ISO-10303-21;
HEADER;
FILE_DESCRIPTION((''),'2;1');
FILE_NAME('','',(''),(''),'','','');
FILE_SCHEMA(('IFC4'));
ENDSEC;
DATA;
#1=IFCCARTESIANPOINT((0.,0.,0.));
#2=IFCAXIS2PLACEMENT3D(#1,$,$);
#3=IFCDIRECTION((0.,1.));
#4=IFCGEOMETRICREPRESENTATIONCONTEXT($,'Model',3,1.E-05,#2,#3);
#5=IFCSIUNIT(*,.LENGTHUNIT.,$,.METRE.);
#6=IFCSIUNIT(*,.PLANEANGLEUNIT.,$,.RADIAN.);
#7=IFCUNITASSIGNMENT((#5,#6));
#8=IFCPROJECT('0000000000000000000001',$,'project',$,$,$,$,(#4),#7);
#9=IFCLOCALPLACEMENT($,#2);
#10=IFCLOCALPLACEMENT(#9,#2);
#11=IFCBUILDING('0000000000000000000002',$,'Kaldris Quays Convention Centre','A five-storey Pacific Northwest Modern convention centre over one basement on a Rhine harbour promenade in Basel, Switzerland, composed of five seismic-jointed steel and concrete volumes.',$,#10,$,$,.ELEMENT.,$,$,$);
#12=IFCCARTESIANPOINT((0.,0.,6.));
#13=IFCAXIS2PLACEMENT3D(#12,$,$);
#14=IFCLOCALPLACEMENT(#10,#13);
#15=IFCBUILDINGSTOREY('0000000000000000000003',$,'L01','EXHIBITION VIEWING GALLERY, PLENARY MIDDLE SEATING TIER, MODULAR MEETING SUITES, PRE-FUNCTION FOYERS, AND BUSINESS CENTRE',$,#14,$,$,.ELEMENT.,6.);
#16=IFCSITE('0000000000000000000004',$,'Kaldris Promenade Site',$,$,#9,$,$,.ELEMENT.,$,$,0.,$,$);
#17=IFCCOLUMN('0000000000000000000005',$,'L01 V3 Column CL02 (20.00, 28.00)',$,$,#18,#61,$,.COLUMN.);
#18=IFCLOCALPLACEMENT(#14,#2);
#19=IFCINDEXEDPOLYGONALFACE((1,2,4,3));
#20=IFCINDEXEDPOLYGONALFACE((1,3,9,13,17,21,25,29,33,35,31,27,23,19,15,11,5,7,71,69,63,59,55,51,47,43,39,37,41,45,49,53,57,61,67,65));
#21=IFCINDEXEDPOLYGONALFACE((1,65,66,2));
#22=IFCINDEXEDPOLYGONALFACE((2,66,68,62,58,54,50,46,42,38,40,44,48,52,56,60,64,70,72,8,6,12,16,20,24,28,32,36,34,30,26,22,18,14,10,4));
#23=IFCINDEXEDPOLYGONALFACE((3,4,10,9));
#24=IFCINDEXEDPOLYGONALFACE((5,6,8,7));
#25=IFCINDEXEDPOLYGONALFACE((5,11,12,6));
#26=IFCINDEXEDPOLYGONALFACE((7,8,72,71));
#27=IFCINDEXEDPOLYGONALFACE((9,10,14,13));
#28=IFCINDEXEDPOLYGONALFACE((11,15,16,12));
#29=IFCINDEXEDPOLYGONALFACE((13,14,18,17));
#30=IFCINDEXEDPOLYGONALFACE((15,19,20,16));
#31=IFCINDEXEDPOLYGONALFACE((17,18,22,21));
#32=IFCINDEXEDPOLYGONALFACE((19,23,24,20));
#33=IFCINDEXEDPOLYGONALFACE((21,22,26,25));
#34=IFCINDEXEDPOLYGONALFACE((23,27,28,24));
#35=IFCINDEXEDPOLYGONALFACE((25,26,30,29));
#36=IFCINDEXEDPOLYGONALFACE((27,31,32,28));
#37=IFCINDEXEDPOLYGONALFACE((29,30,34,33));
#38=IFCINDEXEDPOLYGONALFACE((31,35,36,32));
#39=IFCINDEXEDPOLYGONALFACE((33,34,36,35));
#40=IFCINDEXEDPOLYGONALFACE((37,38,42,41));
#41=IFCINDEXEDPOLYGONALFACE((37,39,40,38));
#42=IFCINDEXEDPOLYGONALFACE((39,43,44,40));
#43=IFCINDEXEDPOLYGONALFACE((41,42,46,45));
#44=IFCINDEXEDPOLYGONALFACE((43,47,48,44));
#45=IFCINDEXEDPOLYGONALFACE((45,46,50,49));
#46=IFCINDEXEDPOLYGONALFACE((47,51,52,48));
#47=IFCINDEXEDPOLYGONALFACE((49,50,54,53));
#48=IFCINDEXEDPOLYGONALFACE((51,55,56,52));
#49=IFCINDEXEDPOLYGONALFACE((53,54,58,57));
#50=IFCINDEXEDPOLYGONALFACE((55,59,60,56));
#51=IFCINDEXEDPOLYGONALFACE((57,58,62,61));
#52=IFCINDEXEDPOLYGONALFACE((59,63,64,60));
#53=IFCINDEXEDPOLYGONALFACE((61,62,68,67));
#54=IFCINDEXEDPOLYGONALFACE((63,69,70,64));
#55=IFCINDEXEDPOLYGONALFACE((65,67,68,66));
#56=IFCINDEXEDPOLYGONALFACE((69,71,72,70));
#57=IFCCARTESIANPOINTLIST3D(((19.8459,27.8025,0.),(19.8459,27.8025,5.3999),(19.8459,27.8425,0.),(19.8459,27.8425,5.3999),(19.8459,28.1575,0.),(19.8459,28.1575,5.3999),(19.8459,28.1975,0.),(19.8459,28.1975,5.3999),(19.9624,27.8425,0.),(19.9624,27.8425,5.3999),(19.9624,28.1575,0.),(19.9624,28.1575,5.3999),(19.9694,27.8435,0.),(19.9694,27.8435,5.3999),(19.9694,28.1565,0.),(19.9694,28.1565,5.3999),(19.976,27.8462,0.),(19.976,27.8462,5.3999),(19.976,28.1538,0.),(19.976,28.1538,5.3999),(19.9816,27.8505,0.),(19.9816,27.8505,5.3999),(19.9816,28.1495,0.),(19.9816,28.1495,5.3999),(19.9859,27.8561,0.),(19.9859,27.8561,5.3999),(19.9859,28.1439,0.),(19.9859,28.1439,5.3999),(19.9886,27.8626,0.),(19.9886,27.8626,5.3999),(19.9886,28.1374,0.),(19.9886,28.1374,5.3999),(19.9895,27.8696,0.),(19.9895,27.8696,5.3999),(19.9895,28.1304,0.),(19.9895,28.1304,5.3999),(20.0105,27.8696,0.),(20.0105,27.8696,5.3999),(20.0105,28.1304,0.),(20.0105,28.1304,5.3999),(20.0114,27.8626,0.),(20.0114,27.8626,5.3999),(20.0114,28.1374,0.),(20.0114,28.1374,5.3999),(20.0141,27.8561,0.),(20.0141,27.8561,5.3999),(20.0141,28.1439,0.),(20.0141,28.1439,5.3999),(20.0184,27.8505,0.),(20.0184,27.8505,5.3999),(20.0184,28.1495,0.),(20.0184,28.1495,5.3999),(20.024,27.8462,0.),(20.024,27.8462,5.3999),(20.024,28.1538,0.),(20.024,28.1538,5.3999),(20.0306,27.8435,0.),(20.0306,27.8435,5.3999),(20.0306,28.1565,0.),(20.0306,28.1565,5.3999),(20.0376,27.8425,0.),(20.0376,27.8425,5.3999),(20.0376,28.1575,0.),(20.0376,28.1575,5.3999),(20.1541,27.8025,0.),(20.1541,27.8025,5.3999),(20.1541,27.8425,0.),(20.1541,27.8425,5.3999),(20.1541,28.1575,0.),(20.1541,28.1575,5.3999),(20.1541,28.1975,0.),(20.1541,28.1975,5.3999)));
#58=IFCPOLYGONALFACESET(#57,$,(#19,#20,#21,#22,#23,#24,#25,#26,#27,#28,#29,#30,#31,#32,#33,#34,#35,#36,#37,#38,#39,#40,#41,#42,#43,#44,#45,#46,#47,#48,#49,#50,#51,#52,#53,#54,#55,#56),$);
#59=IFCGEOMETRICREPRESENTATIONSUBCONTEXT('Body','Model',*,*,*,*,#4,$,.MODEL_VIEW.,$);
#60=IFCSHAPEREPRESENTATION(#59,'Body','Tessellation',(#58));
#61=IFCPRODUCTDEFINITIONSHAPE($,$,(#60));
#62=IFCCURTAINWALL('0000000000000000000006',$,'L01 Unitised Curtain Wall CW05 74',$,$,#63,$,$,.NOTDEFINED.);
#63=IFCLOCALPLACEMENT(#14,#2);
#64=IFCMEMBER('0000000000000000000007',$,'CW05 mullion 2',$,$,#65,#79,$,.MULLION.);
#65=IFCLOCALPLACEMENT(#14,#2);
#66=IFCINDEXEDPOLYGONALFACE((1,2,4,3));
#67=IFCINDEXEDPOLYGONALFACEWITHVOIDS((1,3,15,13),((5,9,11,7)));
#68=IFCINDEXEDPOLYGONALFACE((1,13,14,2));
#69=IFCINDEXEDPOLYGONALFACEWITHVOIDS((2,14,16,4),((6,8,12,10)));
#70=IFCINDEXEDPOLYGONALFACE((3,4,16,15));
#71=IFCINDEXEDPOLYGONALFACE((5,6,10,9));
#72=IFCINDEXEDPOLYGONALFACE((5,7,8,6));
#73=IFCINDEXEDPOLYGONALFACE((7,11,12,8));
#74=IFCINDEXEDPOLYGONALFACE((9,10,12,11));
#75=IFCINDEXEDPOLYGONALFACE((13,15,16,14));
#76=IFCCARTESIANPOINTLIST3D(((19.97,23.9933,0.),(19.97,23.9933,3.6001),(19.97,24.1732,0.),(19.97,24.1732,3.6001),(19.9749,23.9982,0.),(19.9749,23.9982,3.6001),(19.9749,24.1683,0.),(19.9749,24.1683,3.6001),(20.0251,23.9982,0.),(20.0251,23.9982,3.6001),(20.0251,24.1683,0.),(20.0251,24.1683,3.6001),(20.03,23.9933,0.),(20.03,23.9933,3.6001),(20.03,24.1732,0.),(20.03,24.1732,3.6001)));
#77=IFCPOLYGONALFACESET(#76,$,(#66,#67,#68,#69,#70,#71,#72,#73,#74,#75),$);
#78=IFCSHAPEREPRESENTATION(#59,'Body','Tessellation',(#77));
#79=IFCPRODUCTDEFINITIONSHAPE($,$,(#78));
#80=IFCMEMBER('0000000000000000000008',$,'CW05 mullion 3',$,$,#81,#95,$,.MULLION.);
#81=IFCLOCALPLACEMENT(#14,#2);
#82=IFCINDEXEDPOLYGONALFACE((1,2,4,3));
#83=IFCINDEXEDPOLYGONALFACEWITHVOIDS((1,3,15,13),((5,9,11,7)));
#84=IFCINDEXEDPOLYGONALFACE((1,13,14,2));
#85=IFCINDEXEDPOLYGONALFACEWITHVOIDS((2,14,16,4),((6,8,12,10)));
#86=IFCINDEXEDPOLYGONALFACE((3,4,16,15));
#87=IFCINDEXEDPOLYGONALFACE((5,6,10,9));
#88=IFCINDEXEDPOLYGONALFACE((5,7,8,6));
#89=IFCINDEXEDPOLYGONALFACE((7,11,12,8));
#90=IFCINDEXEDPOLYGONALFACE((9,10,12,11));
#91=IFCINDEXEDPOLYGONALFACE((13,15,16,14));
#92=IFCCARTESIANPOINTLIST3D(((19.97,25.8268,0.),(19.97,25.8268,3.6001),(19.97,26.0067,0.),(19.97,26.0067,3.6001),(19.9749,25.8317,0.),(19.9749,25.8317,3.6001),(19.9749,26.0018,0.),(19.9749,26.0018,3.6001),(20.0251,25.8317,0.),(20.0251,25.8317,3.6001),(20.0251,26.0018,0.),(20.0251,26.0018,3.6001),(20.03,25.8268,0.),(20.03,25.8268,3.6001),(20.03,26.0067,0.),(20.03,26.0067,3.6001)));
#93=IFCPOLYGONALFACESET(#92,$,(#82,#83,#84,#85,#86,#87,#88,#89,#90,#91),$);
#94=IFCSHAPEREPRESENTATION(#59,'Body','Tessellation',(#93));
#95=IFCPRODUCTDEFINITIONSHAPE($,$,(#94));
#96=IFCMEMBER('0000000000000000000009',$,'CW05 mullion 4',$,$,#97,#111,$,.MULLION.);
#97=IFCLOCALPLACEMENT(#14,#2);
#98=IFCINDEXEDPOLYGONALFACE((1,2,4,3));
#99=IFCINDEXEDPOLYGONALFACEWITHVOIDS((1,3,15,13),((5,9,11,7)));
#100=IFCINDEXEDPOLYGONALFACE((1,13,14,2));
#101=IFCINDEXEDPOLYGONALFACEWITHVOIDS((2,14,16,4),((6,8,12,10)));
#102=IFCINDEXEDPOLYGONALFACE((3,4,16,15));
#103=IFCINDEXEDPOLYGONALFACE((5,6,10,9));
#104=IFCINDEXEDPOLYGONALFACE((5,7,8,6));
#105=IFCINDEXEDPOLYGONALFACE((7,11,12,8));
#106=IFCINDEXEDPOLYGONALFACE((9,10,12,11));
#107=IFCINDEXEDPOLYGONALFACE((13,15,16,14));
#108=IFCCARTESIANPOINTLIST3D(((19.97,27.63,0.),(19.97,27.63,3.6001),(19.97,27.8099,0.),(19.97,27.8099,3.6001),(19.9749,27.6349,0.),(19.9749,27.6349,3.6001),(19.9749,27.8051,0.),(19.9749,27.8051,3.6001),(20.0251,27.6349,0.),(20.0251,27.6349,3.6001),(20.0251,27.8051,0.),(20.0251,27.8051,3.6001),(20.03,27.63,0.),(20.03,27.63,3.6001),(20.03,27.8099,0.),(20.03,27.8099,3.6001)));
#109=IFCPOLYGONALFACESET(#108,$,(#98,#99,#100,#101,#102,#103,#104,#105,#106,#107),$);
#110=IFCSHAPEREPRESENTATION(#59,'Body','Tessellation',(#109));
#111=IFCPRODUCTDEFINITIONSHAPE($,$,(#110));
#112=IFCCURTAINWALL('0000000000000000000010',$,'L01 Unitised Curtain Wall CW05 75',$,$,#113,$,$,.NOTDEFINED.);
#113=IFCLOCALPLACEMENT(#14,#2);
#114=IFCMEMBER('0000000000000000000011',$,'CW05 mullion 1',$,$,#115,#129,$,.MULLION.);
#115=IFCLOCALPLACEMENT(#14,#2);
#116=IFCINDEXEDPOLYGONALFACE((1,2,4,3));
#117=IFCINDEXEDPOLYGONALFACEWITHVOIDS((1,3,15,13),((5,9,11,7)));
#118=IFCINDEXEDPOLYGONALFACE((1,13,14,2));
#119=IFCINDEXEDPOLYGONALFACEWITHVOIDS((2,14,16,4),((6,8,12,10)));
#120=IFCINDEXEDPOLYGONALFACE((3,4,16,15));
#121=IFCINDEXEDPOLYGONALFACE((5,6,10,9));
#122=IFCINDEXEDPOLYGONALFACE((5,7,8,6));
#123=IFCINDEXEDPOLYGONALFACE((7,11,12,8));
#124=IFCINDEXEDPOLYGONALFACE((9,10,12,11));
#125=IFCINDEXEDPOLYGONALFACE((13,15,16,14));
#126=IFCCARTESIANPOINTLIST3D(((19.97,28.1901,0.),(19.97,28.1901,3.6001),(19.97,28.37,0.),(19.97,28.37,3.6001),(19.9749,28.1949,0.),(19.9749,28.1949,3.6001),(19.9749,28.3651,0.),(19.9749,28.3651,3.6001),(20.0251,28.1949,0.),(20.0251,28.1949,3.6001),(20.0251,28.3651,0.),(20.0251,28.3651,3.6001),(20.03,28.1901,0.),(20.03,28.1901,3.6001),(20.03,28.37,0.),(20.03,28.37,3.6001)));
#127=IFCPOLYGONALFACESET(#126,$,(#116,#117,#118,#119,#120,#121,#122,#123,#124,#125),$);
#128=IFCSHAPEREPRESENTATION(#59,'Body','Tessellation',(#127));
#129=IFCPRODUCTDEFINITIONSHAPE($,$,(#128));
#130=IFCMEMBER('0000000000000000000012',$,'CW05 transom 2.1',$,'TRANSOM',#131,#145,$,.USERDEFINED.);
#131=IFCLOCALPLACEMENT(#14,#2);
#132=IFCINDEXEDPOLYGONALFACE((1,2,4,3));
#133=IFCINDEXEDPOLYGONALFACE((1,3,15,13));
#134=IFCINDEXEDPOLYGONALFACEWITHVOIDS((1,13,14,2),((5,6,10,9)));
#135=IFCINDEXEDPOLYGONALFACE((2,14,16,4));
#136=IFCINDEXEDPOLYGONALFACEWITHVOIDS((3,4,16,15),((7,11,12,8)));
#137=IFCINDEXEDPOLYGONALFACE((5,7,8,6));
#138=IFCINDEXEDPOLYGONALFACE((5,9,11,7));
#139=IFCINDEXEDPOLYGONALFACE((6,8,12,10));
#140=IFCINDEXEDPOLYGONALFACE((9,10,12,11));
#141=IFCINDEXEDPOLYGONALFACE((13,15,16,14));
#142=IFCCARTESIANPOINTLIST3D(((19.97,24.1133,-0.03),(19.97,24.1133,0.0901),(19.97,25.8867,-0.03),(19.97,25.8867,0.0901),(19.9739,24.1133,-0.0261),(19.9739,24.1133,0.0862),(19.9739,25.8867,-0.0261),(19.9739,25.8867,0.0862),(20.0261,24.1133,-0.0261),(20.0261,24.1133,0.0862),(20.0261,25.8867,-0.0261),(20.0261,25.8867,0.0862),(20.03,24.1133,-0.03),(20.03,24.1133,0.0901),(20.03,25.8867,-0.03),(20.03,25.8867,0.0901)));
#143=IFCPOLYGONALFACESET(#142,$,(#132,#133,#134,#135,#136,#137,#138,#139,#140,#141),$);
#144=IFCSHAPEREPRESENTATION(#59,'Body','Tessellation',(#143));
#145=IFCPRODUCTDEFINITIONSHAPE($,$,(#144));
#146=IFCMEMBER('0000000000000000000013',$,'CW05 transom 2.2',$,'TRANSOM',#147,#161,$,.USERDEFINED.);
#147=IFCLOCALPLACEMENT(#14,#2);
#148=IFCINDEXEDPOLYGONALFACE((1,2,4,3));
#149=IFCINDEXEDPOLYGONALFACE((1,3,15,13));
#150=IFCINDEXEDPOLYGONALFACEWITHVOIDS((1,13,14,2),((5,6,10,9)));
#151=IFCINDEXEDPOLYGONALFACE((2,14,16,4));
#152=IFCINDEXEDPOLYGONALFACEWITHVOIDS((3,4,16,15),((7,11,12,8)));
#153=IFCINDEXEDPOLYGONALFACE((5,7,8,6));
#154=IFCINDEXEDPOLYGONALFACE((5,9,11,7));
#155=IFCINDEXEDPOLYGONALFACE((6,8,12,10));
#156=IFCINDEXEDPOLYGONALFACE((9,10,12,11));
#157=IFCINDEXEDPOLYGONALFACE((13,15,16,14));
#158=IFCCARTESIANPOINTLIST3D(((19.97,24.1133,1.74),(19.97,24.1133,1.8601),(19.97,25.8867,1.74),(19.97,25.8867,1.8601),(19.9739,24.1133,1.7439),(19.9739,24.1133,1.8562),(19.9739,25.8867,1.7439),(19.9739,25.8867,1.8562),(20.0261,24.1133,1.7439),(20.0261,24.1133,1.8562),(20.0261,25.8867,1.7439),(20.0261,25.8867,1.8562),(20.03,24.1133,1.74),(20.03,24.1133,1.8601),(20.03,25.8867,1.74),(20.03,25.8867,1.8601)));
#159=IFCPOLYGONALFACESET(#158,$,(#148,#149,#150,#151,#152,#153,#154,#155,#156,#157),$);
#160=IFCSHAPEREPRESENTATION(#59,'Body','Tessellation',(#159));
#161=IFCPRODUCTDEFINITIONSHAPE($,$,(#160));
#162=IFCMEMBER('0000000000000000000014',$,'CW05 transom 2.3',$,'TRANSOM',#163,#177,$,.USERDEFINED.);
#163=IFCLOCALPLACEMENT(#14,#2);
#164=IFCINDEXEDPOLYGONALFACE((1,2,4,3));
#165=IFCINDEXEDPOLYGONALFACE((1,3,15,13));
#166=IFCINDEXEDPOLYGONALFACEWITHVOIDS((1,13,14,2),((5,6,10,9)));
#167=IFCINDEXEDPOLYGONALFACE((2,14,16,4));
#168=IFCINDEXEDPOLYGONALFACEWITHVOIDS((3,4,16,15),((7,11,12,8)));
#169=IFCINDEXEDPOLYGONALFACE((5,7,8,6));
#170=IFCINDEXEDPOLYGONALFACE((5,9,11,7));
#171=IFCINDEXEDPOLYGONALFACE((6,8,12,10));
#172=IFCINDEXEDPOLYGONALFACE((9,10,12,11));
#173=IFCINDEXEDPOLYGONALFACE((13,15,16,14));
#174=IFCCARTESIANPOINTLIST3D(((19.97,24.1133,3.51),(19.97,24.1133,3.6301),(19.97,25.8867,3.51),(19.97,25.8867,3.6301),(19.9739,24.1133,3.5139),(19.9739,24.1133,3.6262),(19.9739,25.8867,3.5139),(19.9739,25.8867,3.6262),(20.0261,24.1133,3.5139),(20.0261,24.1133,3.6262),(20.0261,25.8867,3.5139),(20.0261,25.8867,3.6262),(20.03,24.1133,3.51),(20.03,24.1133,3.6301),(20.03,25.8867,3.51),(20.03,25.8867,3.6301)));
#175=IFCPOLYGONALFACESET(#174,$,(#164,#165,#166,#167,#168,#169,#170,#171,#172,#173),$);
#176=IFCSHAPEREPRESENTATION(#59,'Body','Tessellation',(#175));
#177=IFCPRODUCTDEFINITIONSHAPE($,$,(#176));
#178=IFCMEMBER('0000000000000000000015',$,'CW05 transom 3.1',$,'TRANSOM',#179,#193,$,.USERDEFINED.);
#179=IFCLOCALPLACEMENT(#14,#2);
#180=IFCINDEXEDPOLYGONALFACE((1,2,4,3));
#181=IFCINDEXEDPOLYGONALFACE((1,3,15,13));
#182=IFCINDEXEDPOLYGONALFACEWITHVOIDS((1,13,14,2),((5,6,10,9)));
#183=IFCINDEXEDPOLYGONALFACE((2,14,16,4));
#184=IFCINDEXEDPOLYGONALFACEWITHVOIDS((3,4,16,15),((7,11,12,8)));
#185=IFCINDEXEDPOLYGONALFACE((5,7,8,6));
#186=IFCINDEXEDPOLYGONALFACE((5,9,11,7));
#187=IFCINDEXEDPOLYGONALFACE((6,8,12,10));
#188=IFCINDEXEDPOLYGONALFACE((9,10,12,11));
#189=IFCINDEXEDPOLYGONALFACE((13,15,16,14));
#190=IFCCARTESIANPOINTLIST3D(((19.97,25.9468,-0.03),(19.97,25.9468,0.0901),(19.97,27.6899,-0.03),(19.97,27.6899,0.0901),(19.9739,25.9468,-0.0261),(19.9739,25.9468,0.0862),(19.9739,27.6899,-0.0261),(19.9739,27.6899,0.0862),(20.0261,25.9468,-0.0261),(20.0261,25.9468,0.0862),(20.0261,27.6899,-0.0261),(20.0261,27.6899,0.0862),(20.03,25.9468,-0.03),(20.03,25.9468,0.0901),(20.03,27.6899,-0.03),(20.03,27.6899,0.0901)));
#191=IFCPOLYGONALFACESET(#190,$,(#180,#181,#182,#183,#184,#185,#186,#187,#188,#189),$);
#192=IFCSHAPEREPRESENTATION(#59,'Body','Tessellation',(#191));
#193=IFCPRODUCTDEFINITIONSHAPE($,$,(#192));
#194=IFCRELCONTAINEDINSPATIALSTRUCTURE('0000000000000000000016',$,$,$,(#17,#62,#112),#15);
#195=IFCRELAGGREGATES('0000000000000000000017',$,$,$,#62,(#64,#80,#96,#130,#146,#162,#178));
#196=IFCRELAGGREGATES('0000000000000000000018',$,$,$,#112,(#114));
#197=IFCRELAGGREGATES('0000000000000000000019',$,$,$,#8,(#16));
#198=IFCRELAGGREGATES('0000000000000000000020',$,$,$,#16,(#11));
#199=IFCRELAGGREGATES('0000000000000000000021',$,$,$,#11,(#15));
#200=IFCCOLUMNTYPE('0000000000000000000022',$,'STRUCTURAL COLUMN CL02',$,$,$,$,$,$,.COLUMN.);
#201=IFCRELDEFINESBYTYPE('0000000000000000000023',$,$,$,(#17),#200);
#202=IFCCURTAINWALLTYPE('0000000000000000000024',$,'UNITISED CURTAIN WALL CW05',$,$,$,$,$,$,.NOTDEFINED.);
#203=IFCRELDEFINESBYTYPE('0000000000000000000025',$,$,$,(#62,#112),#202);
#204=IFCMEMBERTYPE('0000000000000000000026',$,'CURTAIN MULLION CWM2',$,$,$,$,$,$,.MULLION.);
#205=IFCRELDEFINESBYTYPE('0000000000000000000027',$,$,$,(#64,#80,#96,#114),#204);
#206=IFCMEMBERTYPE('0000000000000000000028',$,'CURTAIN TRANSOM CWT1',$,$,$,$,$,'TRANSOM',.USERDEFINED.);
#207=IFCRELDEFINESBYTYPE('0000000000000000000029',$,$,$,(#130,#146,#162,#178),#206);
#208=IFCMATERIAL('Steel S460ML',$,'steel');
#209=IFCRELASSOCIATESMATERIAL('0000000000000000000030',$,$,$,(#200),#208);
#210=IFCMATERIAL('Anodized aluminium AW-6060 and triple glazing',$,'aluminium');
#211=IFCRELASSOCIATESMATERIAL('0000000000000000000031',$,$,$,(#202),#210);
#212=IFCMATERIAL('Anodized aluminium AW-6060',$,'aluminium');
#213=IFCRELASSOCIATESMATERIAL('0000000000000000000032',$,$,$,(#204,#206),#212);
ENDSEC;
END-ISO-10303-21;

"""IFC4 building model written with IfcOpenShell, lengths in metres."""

from ifc_helpers import new_model, si_unit, direction, frame, origin, origin_2d, place, context, subcontext, project, spatial, hollow_rectangle, i_section, extrude, material, material_profile, profile_set, type_object, element, aggregate, save


model = new_model("IFC4")

# Units and contexts
model_context = context("Model", 3, precision=1e-05, world=origin(), true_north=direction((0.0, 1.0)))
body_context = subcontext(model_context, "Body", "Model", "MODEL_VIEW")
ifc_project = project(units=[si_unit("LENGTHUNIT", "METRE"), si_unit("PLANEANGLEUNIT", "RADIAN")], contexts=[model_context])

# Site, building, storey
site_placement = place(None, origin())
site = spatial("IfcSite", under=ifc_project, at=site_placement, Name="Kaldris Promenade Site", CompositionType="ELEMENT", RefElevation=0.0)
building_placement = place(site_placement, origin())
building = spatial("IfcBuilding", under=site, at=building_placement, Name="Kaldris Quays Convention Centre", Description="A five-storey Pacific Northwest Modern convention centre over one basement on a Rhine harbour promenade in Basel, Switzerland, composed of five seismic-jointed steel and concrete volumes.", CompositionType="ELEMENT")
storey_placement = place(building_placement, frame((0.0, 0.0, 6.0)))
storey = spatial("IfcBuildingStorey", under=building, at=storey_placement, Name="L01", Description="EXHIBITION VIEWING GALLERY, PLENARY MIDDLE SEATING TIER, MODULAR MEETING SUITES, PRE-FUNCTION FOYERS, AND BUSINESS CENTRE", CompositionType="ELEMENT", Elevation=6.0)

# Column
ifc_material_1 = material(Name="Steel S460ML", Category="steel")
ifc_material_profile_1 = material_profile(ifc_material_1, i_section(OverallWidth=0.3081, OverallDepth=0.395, WebThickness=0.021, FlangeThickness=0.04, FilletRadius=0.0271, at=origin_2d()), Name="HEM 360")
ifc_profile_set_1 = profile_set([ifc_material_profile_1], Name="Steel S460ML")
column_type = type_object("IfcColumnType", Name="STRUCTURAL COLUMN CL02", PredefinedType="COLUMN", material=ifc_profile_set_1)
column_placement = place(storey_placement, frame((20.0, 28.0, 0.0), z_axis=(0.0, 0.0, 1.0), x_axis=(1.0, 0.0, 0.0)))
element("IfcColumn", 1, at=column_placement, inside=storey, type_object=column_type, Name="L01 V3 Column CL02 (20.00, 28.00)", PredefinedType="COLUMN", context=body_context, shape_type="SweptSolid", body=[
    extrude(i_section(OverallWidth=0.3081, OverallDepth=0.395, WebThickness=0.021, FlangeThickness=0.04, FilletRadius=0.0271, at=origin_2d()), origin(), (0.0, 0.0, 1.0), 5.3999),
])

# Curtain wall, members
ifc_material_2 = material(Name="Anodized aluminium AW-6060 and triple glazing", Category="aluminium")
curtain_wall_type = type_object("IfcCurtainWallType", Name="UNITISED CURTAIN WALL CW05", PredefinedType="NOTDEFINED", material=ifc_material_2)
curtain_wall_1_placement = place(storey_placement, origin())
curtain_wall_1 = element("IfcCurtainWall", 2, at=curtain_wall_1_placement, inside=storey, type_object=curtain_wall_type, Name="L01 Unitised Curtain Wall CW05 74", PredefinedType="NOTDEFINED")
ifc_material_3 = material(Name="Anodized aluminium AW-6060", Category="aluminium")
ifc_material_profile_2 = material_profile(ifc_material_3, hollow_rectangle(XDim=0.0601, YDim=0.1799, WallThickness=0.0049, at=origin_2d()), Name="RHS 180x60x5")
ifc_profile_set_2 = profile_set([ifc_material_profile_2], Name="Anodized aluminium AW-6060")
member_type_1 = type_object("IfcMemberType", Name="CURTAIN MULLION CWM2", PredefinedType="MULLION", material=ifc_profile_set_2)
member_1_placement = place(storey_placement, frame((20.0, 24.0833, 0.0), z_axis=(0.0, 0.0, 1.0), x_axis=(-1.0, 0.0, 0.0)))
member_1 = element("IfcMember", 3, at=member_1_placement, type_object=member_type_1, Name="CW05 mullion 2", PredefinedType="MULLION", context=body_context, shape_type="SweptSolid", body=[
    extrude(hollow_rectangle(XDim=0.0601, YDim=0.1799, WallThickness=0.0049, at=origin_2d()), origin(), (0.0, 0.0, 1.0), 3.6001),
])
member_2_placement = place(storey_placement, frame((20.0, 25.9167, 0.0), z_axis=(0.0, 0.0, 1.0), x_axis=(-1.0, 0.0, 0.0)))
member_2 = element("IfcMember", 4, at=member_2_placement, type_object=member_type_1, Name="CW05 mullion 3", PredefinedType="MULLION", context=body_context, shape_type="SweptSolid", body=[
    extrude(hollow_rectangle(XDim=0.0601, YDim=0.1799, WallThickness=0.0049, at=origin_2d()), origin(), (0.0, 0.0, 1.0), 3.6001),
])
member_3_placement = place(storey_placement, frame((20.0, 27.72, 0.0), z_axis=(0.0, 0.0, 1.0), x_axis=(-1.0, 0.0, 0.0)))
member_3 = element("IfcMember", 5, at=member_3_placement, type_object=member_type_1, Name="CW05 mullion 4", PredefinedType="MULLION", context=body_context, shape_type="SweptSolid", body=[
    extrude(hollow_rectangle(XDim=0.0601, YDim=0.1799, WallThickness=0.0049, at=origin_2d()), origin(), (0.0, 0.0, 1.0), 3.6001),
])

# Curtain wall, member
curtain_wall_2_placement = place(storey_placement, origin())
curtain_wall_2 = element("IfcCurtainWall", 6, at=curtain_wall_2_placement, inside=storey, type_object=curtain_wall_type, Name="L01 Unitised Curtain Wall CW05 75", PredefinedType="NOTDEFINED")
member_4_placement = place(storey_placement, frame((20.0, 28.28, 0.0), z_axis=(0.0, 0.0, 1.0), x_axis=(-1.0, 0.0, 0.0)))
member_4 = element("IfcMember", 7, at=member_4_placement, type_object=member_type_1, Name="CW05 mullion 1", PredefinedType="MULLION", context=body_context, shape_type="SweptSolid", body=[
    extrude(hollow_rectangle(XDim=0.0601, YDim=0.1799, WallThickness=0.0049, at=origin_2d()), origin(), (0.0, 0.0, 1.0), 3.6001),
])

# Members
ifc_material_profile_3 = material_profile(ifc_material_3, hollow_rectangle(XDim=0.0601, YDim=0.1201, WallThickness=0.0039, at=origin_2d()), Name="RHS 120x60x4")
ifc_profile_set_3 = profile_set([ifc_material_profile_3], Name="Anodized aluminium AW-6060")
member_type_2 = type_object("IfcMemberType", Name="CURTAIN TRANSOM CWT1", ElementType="TRANSOM", PredefinedType="USERDEFINED", material=ifc_profile_set_3)
member_5_placement = place(storey_placement, frame((20.0, 24.1133, 0.03), z_axis=(0.0, 1.0, 0.0), x_axis=(-1.0, 0.0, 0.0)))
member_5 = element("IfcMember", 8, at=member_5_placement, type_object=member_type_2, Name="CW05 transom 2.1", ObjectType="TRANSOM", PredefinedType="USERDEFINED", context=body_context, shape_type="SweptSolid", body=[
    extrude(hollow_rectangle(XDim=0.0601, YDim=0.1201, WallThickness=0.0039, at=origin_2d()), origin(), (0.0, 0.0, 1.0), 1.7734),
])
member_6_placement = place(storey_placement, frame((20.0, 24.1133, 1.8), z_axis=(0.0, 1.0, 0.0), x_axis=(-1.0, 0.0, 0.0)))
member_6 = element("IfcMember", 9, at=member_6_placement, type_object=member_type_2, Name="CW05 transom 2.2", ObjectType="TRANSOM", PredefinedType="USERDEFINED", context=body_context, shape_type="SweptSolid", body=[
    extrude(hollow_rectangle(XDim=0.0601, YDim=0.1201, WallThickness=0.0039, at=origin_2d()), origin(), (0.0, 0.0, 1.0), 1.7734),
])
member_7_placement = place(storey_placement, frame((20.0, 24.1133, 3.5701), z_axis=(0.0, 1.0, 0.0), x_axis=(-1.0, 0.0, 0.0)))
member_7 = element("IfcMember", 10, at=member_7_placement, type_object=member_type_2, Name="CW05 transom 2.3", ObjectType="TRANSOM", PredefinedType="USERDEFINED", context=body_context, shape_type="SweptSolid", body=[
    extrude(hollow_rectangle(XDim=0.0601, YDim=0.1201, WallThickness=0.0039, at=origin_2d()), origin(), (0.0, 0.0, 1.0), 1.7734),
])
member_8_placement = place(storey_placement, frame((20.0, 25.9468, 0.03), z_axis=(0.0, 1.0, 0.0), x_axis=(-1.0, 0.0, 0.0)))
member_8 = element("IfcMember", 11, at=member_8_placement, type_object=member_type_2, Name="CW05 transom 3.1", ObjectType="TRANSOM", PredefinedType="USERDEFINED", context=body_context, shape_type="SweptSolid", body=[
    extrude(hollow_rectangle(XDim=0.0601, YDim=0.1201, WallThickness=0.0039, at=origin_2d()), origin(), (0.0, 0.0, 1.0), 1.7432),
])

aggregate(curtain_wall_1, [member_1, member_2, member_3, member_5, member_6, member_7, member_8])
aggregate(curtain_wall_2, [member_4])

save(model, "model.ifc")
